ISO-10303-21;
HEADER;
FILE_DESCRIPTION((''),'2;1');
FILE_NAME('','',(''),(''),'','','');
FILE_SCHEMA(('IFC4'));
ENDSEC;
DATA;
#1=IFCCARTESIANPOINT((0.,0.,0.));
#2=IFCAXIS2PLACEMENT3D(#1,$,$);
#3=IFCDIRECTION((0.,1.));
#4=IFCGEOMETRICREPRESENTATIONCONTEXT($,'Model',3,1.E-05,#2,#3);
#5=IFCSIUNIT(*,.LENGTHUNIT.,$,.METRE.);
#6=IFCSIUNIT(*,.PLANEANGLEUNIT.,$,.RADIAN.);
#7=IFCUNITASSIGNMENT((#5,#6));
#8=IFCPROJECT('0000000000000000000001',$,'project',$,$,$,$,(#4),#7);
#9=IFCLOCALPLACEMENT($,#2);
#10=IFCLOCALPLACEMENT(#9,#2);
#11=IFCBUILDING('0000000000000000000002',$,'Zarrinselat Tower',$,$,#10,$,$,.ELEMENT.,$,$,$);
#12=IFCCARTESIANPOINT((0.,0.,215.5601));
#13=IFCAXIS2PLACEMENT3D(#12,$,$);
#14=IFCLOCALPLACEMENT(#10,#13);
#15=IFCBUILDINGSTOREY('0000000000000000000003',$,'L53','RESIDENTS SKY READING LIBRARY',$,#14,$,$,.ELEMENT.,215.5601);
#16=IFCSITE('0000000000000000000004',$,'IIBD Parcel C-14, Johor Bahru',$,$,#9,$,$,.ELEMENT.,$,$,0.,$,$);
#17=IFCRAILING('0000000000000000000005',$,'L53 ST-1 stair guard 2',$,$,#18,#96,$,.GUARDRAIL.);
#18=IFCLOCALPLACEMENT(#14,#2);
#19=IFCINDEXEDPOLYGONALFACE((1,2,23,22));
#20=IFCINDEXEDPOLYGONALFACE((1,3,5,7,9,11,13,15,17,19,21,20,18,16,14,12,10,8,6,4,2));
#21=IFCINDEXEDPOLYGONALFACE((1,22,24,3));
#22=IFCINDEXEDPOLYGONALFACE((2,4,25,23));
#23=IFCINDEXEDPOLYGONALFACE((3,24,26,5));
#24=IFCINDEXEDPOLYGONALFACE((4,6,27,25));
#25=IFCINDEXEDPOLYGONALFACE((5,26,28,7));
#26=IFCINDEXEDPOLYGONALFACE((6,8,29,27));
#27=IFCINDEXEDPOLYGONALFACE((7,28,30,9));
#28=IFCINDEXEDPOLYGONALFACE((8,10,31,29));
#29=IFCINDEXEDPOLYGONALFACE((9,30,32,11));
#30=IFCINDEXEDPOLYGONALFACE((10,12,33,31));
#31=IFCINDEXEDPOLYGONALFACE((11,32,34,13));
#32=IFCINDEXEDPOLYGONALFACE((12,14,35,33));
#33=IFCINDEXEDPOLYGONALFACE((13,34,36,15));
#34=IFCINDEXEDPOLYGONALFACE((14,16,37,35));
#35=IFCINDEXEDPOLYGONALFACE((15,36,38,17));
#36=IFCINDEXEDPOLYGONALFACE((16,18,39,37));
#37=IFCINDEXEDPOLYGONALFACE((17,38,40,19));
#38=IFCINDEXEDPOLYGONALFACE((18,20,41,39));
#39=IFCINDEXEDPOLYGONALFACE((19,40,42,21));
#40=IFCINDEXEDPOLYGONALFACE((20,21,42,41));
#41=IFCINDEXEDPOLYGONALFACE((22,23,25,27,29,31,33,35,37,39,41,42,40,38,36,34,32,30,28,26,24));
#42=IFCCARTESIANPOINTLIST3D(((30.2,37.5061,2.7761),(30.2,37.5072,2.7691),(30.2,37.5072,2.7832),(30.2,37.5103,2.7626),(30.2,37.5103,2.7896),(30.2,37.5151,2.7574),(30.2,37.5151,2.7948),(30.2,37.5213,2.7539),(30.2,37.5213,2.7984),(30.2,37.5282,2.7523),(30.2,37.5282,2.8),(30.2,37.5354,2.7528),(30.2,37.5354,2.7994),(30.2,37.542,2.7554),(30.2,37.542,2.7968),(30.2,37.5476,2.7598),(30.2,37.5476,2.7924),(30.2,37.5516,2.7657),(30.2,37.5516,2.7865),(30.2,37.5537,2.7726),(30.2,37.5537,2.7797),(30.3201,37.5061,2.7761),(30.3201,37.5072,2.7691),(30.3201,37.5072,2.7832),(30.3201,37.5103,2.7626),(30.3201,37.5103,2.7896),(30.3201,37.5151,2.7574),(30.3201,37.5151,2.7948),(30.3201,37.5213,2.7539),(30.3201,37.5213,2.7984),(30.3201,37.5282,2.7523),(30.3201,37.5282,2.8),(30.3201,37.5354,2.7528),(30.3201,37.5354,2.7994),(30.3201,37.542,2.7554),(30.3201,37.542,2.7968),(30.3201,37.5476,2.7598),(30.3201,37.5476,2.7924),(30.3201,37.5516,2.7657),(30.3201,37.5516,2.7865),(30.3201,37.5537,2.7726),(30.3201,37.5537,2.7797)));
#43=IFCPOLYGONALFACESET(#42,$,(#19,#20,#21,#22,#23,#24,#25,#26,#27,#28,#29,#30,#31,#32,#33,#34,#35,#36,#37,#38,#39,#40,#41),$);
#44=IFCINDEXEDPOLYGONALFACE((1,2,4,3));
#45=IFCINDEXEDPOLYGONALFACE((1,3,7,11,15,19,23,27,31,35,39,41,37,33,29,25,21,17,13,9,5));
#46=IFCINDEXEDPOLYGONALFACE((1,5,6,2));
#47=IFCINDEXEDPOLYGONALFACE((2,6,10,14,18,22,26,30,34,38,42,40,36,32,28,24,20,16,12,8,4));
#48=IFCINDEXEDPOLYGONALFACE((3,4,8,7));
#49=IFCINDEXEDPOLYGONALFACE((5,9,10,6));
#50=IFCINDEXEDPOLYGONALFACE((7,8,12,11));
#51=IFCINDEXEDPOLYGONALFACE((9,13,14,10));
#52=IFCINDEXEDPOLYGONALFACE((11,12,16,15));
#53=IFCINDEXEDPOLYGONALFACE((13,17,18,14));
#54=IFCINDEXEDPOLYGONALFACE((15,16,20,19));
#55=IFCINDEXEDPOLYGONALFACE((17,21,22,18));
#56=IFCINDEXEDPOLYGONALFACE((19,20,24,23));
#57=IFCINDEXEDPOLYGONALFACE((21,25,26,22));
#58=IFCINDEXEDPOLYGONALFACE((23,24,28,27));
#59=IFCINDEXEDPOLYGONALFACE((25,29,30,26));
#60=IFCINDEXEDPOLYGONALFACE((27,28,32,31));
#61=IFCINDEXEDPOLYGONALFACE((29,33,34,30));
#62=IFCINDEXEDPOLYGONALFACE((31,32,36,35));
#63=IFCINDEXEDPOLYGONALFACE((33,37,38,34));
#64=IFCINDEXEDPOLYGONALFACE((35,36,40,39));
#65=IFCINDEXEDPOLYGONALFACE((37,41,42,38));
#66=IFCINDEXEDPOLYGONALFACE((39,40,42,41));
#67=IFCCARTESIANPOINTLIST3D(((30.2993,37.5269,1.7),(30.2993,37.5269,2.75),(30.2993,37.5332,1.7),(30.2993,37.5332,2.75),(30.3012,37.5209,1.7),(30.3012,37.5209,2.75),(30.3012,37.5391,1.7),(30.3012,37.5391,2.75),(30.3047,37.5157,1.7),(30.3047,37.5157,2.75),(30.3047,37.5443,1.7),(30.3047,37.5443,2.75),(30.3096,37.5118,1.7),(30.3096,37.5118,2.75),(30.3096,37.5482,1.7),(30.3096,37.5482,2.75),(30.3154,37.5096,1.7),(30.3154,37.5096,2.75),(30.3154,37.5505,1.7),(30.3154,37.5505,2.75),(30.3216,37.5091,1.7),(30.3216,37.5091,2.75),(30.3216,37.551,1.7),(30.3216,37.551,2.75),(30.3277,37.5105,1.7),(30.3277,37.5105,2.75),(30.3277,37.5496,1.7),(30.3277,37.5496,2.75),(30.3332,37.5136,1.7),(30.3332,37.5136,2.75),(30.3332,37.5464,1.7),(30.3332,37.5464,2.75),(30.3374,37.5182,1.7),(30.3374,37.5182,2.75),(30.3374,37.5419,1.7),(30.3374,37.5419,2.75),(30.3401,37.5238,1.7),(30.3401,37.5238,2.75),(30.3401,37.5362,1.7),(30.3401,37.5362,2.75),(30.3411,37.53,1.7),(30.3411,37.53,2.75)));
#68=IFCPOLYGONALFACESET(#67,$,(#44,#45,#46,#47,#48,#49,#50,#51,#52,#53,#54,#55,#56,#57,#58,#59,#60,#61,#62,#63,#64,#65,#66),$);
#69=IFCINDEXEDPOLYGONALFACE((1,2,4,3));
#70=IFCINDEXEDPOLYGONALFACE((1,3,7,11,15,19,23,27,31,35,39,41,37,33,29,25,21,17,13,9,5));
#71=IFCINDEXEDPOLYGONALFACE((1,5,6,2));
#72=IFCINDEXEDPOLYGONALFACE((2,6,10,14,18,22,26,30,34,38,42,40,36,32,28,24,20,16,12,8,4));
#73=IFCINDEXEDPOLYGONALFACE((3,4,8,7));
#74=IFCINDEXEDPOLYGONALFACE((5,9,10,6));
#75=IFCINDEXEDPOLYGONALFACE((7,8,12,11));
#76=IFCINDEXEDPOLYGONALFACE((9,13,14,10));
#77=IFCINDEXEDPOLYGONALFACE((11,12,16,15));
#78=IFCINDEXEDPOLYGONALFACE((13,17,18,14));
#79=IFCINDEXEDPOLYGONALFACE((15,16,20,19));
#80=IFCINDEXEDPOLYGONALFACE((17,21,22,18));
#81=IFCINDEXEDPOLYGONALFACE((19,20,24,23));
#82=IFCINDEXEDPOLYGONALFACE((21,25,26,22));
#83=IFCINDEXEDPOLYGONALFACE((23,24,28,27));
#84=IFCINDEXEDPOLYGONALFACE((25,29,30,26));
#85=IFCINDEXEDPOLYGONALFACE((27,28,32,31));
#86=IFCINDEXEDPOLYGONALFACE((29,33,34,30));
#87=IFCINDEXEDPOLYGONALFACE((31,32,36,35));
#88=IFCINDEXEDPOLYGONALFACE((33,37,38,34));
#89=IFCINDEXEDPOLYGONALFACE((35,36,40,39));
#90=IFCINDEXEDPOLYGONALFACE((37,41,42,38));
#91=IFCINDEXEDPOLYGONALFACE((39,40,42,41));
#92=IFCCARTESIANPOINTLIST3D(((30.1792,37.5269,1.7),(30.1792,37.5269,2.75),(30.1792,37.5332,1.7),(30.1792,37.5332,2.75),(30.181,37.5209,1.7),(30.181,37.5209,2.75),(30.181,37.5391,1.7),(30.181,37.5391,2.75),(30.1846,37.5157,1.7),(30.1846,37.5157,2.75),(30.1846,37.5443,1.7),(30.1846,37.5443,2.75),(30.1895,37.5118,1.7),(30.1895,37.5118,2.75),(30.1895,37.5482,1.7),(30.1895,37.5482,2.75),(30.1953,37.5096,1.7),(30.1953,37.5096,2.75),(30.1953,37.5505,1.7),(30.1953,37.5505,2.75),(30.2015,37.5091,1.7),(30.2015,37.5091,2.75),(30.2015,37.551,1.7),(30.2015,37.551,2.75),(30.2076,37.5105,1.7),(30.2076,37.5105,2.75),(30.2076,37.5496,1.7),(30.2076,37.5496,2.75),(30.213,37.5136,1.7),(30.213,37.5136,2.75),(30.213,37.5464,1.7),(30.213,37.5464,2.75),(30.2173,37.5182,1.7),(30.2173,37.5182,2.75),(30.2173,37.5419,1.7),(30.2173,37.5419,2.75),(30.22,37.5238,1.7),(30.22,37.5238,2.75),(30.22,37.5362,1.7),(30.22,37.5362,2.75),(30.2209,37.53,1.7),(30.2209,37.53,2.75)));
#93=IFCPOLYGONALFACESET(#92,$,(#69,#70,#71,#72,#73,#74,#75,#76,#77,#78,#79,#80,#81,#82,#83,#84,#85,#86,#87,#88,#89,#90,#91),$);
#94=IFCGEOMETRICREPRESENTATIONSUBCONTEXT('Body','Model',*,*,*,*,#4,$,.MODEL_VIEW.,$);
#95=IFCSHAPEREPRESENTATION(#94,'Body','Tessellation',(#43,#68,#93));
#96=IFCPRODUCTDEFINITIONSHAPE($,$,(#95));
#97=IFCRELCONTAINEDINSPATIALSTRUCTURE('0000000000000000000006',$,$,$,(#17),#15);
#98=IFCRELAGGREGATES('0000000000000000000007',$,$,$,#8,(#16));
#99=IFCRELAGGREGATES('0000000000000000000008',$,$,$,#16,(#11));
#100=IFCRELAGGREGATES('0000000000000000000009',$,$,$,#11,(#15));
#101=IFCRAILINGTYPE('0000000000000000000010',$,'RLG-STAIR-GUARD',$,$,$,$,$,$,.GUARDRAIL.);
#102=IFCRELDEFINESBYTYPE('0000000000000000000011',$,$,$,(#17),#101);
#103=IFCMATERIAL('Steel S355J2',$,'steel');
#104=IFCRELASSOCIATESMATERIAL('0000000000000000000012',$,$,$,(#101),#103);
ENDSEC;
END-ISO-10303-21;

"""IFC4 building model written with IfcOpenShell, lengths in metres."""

from ifc_helpers import new_model, si_unit, direction, frame, origin, origin_2d, place, context, subcontext, project, spatial, circle, extrude, material, type_object, element, save


model = new_model("IFC4")

# Units and contexts
model_context = context("Model", 3, precision=1e-05, world=origin(), true_north=direction((0.0, 1.0)))
body_context = subcontext(model_context, "Body", "Model", "MODEL_VIEW")
ifc_project = project(units=[si_unit("LENGTHUNIT", "METRE"), si_unit("PLANEANGLEUNIT", "RADIAN")], contexts=[model_context])

# Site, building, storey
site_placement = place(None, origin())
site = spatial("IfcSite", under=ifc_project, at=site_placement, Name="IIBD Parcel C-14, Johor Bahru", CompositionType="ELEMENT", RefElevation=0.0)
building_placement = place(site_placement, origin())
building = spatial("IfcBuilding", under=site, at=building_placement, Name="Zarrinselat Tower", CompositionType="ELEMENT")
storey_placement = place(building_placement, frame((0.0, 0.0, 215.5601)))
storey = spatial("IfcBuildingStorey", under=building, at=storey_placement, Name="L53", Description="RESIDENTS SKY READING LIBRARY", CompositionType="ELEMENT", Elevation=215.5601)

# Railing
ifc_material_1 = material(Name="Steel S355J2", Category="steel")
railing_type_1 = type_object("IfcRailingType", Name="RLG-STAIR-GUARD", PredefinedType="GUARDRAIL", material=ifc_material_1)
railing_1_placement = place(storey_placement, frame((30.3201, 37.53, 1.7)))
element("IfcRailing", 1, at=railing_1_placement, inside=storey, type_object=railing_type_1, Name="L53 ST-1 stair guard 2", PredefinedType="GUARDRAIL", context=body_context, shape_type="SweptSolid", body=[
    extrude(circle(Radius=0.0239, at=origin_2d()), frame((0.0, 0.0, 1.0762), z_axis=(-1.0, 0.0, 0.0), x_axis=(0.0, -1.0, 0.0)), (0.0, 0.0, 1.0), 0.1201),
    extrude(circle(Radius=0.021, at=origin_2d()), origin(), (0.0, 0.0, 1.0), 1.05),
    extrude(circle(Radius=0.021, at=origin_2d()), frame((-0.1201, 0.0, 0.0)), (0.0, 0.0, 1.0), 1.05),
])

save(model, "model.ifc")
